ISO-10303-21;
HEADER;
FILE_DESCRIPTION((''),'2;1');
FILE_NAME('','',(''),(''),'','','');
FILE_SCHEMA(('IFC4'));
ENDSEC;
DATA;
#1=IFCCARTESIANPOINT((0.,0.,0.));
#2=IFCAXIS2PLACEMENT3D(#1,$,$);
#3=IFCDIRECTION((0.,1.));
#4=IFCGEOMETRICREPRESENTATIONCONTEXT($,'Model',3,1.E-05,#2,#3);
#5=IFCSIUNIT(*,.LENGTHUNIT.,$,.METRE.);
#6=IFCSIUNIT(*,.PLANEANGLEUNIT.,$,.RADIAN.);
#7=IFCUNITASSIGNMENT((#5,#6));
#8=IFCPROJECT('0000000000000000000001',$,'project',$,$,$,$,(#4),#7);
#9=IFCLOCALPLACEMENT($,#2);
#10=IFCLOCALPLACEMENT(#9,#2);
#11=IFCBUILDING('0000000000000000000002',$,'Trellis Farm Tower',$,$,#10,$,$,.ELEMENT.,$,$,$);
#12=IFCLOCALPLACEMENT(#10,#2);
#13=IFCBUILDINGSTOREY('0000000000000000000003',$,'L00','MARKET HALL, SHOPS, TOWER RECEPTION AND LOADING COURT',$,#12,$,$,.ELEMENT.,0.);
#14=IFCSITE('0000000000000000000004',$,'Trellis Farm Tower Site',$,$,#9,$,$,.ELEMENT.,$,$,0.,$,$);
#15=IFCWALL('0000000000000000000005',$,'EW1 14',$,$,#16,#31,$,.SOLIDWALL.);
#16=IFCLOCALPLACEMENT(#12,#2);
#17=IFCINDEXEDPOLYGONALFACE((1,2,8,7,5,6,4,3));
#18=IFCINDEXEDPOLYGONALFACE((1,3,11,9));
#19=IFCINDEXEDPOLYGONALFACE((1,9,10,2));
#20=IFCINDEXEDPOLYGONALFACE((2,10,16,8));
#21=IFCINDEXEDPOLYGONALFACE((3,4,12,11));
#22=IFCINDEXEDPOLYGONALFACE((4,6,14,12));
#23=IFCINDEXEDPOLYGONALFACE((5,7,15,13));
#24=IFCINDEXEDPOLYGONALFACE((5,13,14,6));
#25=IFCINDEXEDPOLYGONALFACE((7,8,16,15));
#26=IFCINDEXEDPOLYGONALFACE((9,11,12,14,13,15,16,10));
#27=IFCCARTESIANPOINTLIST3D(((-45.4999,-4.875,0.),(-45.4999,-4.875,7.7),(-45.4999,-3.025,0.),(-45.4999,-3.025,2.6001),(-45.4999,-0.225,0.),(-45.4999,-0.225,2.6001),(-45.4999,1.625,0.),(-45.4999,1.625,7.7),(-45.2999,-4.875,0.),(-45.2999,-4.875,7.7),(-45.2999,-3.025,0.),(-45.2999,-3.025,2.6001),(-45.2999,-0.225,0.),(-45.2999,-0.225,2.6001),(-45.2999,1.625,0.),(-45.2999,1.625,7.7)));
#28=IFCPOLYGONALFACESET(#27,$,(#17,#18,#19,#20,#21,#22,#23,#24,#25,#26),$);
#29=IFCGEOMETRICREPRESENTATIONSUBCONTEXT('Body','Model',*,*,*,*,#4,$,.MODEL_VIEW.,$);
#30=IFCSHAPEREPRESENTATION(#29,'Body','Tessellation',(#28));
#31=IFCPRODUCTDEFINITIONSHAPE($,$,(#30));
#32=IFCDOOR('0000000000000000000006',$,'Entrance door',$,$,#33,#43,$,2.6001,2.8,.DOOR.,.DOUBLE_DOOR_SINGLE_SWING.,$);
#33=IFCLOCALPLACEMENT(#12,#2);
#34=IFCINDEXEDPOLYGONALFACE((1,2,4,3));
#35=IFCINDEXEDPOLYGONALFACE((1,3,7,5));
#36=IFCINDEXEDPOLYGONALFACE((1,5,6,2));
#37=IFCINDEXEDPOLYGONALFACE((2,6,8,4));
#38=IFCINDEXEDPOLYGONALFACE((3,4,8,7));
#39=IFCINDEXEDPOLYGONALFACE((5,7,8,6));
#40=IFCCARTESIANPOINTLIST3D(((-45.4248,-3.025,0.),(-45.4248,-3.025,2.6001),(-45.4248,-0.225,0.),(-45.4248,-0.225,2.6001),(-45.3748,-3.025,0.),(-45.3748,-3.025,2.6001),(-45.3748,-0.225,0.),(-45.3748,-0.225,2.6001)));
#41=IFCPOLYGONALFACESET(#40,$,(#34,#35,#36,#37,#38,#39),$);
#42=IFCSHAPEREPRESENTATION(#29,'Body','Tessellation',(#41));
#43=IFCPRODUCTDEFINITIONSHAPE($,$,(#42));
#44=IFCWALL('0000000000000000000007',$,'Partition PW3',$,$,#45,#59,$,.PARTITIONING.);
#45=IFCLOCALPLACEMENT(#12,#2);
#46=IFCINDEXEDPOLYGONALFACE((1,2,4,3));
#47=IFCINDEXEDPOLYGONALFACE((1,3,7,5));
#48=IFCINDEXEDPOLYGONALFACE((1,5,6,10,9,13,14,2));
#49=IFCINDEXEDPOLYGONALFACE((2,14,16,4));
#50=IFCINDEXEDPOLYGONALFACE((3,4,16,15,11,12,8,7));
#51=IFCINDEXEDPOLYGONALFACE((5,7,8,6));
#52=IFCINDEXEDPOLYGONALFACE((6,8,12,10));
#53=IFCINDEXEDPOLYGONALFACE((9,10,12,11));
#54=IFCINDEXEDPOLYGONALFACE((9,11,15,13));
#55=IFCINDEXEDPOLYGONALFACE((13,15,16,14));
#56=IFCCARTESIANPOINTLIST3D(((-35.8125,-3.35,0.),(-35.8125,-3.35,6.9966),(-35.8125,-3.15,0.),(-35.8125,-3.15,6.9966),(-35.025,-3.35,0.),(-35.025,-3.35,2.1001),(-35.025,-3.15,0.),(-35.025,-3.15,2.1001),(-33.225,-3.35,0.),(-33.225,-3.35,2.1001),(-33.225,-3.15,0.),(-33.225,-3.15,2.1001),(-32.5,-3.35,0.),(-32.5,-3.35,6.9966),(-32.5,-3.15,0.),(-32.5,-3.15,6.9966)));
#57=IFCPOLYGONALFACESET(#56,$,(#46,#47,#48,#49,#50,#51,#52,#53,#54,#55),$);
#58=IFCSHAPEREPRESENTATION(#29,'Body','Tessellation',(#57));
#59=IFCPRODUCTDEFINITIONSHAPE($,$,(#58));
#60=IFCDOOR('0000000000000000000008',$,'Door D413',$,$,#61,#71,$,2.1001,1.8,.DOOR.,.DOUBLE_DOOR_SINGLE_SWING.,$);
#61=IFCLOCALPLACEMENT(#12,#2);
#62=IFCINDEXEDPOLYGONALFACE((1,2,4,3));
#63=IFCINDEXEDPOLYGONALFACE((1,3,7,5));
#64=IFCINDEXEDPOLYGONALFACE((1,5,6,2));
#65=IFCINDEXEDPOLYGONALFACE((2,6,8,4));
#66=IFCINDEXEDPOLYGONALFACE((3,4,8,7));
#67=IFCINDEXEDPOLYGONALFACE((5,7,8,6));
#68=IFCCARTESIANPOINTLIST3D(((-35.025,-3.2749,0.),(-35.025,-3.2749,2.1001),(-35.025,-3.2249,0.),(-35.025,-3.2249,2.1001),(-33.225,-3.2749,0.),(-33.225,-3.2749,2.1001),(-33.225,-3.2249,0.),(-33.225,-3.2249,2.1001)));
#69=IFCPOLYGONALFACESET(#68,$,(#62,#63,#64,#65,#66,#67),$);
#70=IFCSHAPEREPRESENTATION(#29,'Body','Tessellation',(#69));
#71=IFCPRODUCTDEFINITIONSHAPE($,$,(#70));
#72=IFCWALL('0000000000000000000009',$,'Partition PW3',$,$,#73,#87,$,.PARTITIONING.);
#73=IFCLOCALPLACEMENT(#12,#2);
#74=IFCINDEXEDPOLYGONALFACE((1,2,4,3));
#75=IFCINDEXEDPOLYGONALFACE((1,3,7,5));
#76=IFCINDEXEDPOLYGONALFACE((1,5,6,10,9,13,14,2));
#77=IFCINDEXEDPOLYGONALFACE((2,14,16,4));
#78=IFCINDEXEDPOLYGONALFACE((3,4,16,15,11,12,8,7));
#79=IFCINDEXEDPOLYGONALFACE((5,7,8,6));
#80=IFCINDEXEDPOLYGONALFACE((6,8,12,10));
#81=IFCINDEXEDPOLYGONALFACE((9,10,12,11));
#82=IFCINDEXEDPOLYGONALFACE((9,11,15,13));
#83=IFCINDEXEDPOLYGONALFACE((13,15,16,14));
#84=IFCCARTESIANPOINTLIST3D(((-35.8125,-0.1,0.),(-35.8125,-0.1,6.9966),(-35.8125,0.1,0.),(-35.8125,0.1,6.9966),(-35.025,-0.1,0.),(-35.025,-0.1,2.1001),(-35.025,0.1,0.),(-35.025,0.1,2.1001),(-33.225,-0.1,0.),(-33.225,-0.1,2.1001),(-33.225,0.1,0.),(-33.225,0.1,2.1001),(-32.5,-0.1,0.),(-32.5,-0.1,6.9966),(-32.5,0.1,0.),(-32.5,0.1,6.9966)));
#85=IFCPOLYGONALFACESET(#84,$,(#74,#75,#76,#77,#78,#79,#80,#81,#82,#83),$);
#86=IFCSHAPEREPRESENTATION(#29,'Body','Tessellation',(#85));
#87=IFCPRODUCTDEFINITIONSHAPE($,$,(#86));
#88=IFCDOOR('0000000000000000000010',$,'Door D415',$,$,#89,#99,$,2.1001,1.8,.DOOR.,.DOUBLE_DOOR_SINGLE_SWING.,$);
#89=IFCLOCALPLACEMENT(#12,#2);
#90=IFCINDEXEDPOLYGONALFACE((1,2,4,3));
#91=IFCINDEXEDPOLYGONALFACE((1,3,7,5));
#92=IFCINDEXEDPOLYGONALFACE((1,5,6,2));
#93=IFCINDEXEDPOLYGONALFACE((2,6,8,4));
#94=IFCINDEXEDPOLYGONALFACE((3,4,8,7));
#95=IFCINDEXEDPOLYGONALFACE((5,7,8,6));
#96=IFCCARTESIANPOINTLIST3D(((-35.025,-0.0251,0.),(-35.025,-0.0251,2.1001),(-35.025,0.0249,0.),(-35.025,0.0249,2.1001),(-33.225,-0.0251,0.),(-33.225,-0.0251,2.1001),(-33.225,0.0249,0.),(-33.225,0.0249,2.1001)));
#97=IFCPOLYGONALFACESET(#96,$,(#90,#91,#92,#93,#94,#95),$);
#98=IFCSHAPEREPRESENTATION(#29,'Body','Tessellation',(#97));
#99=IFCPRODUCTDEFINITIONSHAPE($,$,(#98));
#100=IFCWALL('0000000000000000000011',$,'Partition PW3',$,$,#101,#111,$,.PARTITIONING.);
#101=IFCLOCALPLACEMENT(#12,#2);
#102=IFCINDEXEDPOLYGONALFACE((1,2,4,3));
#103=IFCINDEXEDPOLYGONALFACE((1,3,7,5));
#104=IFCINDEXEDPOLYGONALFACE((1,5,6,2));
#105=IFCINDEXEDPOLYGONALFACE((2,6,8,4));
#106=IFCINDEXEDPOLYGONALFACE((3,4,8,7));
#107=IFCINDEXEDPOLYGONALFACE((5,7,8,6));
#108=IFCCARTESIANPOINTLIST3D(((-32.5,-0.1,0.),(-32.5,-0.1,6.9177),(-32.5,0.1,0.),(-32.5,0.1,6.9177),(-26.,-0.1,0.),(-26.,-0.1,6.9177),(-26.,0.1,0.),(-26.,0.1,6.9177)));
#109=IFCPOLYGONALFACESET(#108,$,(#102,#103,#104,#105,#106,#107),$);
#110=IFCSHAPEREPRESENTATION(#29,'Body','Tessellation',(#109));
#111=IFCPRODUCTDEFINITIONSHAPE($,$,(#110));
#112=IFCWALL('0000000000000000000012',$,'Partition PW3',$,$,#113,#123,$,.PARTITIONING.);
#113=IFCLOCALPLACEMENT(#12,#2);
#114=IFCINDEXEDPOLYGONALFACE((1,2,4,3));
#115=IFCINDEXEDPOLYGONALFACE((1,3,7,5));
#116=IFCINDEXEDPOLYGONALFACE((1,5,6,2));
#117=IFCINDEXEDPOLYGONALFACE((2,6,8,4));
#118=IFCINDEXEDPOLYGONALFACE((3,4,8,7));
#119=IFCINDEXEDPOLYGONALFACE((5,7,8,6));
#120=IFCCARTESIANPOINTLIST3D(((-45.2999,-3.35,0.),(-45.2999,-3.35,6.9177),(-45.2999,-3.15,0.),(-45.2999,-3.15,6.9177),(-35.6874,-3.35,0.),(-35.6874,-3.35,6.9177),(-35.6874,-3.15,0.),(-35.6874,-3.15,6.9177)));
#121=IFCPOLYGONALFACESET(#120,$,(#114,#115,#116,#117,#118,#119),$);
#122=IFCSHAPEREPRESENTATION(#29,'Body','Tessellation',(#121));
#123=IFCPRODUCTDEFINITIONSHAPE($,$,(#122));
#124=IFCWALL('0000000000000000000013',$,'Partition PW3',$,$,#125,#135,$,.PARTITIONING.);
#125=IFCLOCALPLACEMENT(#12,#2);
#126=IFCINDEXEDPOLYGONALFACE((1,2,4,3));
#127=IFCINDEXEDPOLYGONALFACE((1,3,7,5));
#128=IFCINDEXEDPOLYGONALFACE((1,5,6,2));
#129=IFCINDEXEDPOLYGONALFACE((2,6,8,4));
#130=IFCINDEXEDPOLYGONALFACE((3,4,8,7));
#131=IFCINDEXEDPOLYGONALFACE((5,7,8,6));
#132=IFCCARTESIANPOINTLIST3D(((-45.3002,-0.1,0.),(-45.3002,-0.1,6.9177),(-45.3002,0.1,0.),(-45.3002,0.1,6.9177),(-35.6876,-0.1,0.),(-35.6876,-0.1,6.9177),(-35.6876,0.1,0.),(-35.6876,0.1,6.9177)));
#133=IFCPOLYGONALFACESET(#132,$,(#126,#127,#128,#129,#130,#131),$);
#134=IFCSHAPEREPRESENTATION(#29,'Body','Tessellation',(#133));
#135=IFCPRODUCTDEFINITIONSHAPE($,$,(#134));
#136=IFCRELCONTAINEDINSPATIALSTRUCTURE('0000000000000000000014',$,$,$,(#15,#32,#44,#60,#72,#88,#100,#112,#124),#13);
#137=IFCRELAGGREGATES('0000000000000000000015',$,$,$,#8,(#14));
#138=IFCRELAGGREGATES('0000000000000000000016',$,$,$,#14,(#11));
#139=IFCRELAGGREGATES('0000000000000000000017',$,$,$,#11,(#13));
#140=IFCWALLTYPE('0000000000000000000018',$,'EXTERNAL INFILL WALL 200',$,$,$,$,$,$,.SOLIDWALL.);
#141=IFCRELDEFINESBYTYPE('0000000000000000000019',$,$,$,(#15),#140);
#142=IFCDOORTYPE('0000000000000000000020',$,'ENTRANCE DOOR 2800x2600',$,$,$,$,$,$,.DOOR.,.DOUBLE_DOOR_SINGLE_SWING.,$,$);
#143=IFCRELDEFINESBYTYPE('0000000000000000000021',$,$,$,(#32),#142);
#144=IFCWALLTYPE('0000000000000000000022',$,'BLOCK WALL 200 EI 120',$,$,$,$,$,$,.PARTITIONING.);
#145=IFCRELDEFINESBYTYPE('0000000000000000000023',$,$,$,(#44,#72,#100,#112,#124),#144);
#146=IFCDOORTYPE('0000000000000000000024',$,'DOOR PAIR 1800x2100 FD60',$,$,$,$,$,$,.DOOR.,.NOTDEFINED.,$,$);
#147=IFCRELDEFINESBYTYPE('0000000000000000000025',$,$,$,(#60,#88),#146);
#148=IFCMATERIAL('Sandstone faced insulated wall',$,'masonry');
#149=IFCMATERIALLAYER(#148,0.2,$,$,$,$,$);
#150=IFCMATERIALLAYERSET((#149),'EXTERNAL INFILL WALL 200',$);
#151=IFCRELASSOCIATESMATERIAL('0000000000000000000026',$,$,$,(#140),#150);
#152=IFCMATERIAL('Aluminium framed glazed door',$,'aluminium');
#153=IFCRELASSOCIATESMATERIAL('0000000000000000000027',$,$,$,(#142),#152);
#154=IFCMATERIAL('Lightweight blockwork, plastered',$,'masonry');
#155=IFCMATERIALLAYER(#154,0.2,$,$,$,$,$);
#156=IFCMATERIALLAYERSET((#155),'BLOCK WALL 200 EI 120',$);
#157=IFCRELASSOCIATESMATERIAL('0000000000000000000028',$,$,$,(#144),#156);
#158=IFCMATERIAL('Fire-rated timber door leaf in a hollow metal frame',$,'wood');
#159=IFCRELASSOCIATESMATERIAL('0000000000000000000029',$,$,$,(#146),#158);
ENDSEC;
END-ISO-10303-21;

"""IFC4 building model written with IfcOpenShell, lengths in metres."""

from ifc_helpers import new_model, si_unit, direction, frame, frame_2d, origin, place, context, subcontext, project, spatial, rectangle, extrude, source, transform, mapped, material, layer, layer_set, type_object, element, fill, save


model = new_model("IFC4")

# Units and contexts
model_context = context("Model", 3, precision=1e-05, world=origin(), true_north=direction((0.0, 1.0)))
body_context = subcontext(model_context, "Body", "Model", "MODEL_VIEW")
ifc_project = project(units=[si_unit("LENGTHUNIT", "METRE"), si_unit("PLANEANGLEUNIT", "RADIAN")], contexts=[model_context])

# Site, building, storey
site_placement = place(None, origin())
site = spatial("IfcSite", under=ifc_project, at=site_placement, Name="Trellis Farm Tower Site", CompositionType="ELEMENT", RefElevation=0.0)
building_placement = place(site_placement, origin())
building = spatial("IfcBuilding", under=site, at=building_placement, Name="Trellis Farm Tower", CompositionType="ELEMENT")
storey_placement = place(building_placement, origin())
storey = spatial("IfcBuildingStorey", under=building, at=storey_placement, Name="L00", Description="MARKET HALL, SHOPS, TOWER RECEPTION AND LOADING COURT", CompositionType="ELEMENT", Elevation=0.0)

# Walls, openings, doors
ifc_material_1 = material(Name="Sandstone faced insulated wall", Category="masonry")
ifc_layer_1 = layer(ifc_material_1, 0.2)
ifc_layer_set_1 = layer_set([ifc_layer_1], Name="EXTERNAL INFILL WALL 200")
wall_type_1 = type_object("IfcWallType", Name="EXTERNAL INFILL WALL 200", PredefinedType="SOLIDWALL", material=ifc_layer_set_1)
shared_shape_1 = source(origin(), body_context, "Body", "SweptSolid", [
    extrude(rectangle(XDim=6.5, YDim=0.2, at=frame_2d((3.25, 0.0))), origin(), (0.0, 0.0, 1.0), 7.7),
])
wall_1_placement = place(storey_placement, frame((-45.3999, -4.875, 0.0), z_axis=(0.0, 0.0, 1.0), x_axis=(0.0, 1.0, 0.0)))
wall_1 = element("IfcWall", 1, at=wall_1_placement, inside=storey, type_object=wall_type_1, Name="EW1 14", PredefinedType="SOLIDWALL", context=body_context, shape_type="MappedRepresentation", body=[
    mapped(shared_shape_1, transform((0.0, 0.0, 0.0))),
])
shared_shape_2 = source(origin(), body_context, "Body", "SweptSolid", [
    extrude(rectangle(XDim=2.8, YDim=2.6001, at=frame_2d((1.3999, 1.3))), frame((0.0, 0.1101, 0.0), z_axis=(0.0, -1.0, 0.0), x_axis=(1.0, 0.0, 0.0)), (0.0, 0.0, 1.0), 0.2202),
])
opening_1_placement = place(wall_1_placement, frame((1.8501, 0.0, 0.0)))
opening_1 = element("IfcOpeningElement", 2, at=opening_1_placement, cuts=wall_1, PredefinedType="OPENING", context=body_context, shape_type="MappedRepresentation", body=[
    mapped(shared_shape_2, transform((0.0, 0.0, 0.0))),
])
ifc_material_2 = material(Name="Aluminium framed glazed door", Category="aluminium")
door_type_1 = type_object("IfcDoorType", Name="ENTRANCE DOOR 2800x2600", OperationType="DOUBLE_DOOR_SINGLE_SWING", PredefinedType="DOOR", material=ifc_material_2)
shared_shape_3 = source(origin(), body_context, "Body", "SweptSolid", [
    extrude(rectangle(XDim=2.8, YDim=2.6001, at=frame_2d((1.3999, 1.3))), frame((0.0, 0.0249, 0.0), z_axis=(0.0, -1.0, 0.0), x_axis=(1.0, 0.0, 0.0)), (0.0, 0.0, 1.0), 0.05),
])
door_1_placement = place(opening_1_placement, origin())
door_1 = element("IfcDoor", 3, at=door_1_placement, inside=storey, type_object=door_type_1, Name="Entrance door", OperationType="DOUBLE_DOOR_SINGLE_SWING", OverallHeight=2.6001, OverallWidth=2.8, PredefinedType="DOOR", context=body_context, shape_type="MappedRepresentation", body=[
    mapped(shared_shape_3, transform((0.0, 0.0, 0.0))),
])
fill(opening_1, door_1)
ifc_material_3 = material(Name="Lightweight blockwork, plastered", Category="masonry")
ifc_layer_2 = layer(ifc_material_3, 0.2)
ifc_layer_set_2 = layer_set([ifc_layer_2], Name="BLOCK WALL 200 EI 120")
wall_type_2 = type_object("IfcWallType", Name="BLOCK WALL 200 EI 120", PredefinedType="PARTITIONING", material=ifc_layer_set_2)
shared_shape_4 = source(origin(), body_context, "Body", "SweptSolid", [
    extrude(rectangle(XDim=3.3125, YDim=0.2, at=frame_2d((1.6562, 0.0))), origin(), (0.0, 0.0, 1.0), 6.9966),
])
wall_2_placement = place(storey_placement, frame((-32.5, -3.25, 0.0), z_axis=(0.0, 0.0, 1.0), x_axis=(-1.0, 0.0, 0.0)))
wall_2 = element("IfcWall", 4, at=wall_2_placement, inside=storey, type_object=wall_type_2, Name="Partition PW3", PredefinedType="PARTITIONING", context=body_context, shape_type="MappedRepresentation", body=[
    mapped(shared_shape_4, transform((0.0, 0.0, 0.0))),
])
shared_shape_5 = source(origin(), body_context, "Body", "SweptSolid", [
    extrude(rectangle(XDim=1.8, YDim=2.1001, at=frame_2d((0.8999, 1.05))), frame((0.0, 0.1101, 0.0), z_axis=(0.0, -1.0, 0.0), x_axis=(1.0, 0.0, 0.0)), (0.0, 0.0, 1.0), 0.2202),
])
opening_2_placement = place(wall_2_placement, frame((0.7251, 0.0, 0.0)))
opening_2 = element("IfcOpeningElement", 5, at=opening_2_placement, cuts=wall_2, PredefinedType="OPENING", context=body_context, shape_type="MappedRepresentation", body=[
    mapped(shared_shape_5, transform((0.0, 0.0, 0.0))),
])
ifc_material_4 = material(Name="Fire-rated timber door leaf in a hollow metal frame", Category="wood")
door_type_2 = type_object("IfcDoorType", Name="DOOR PAIR 1800x2100 FD60", OperationType="NOTDEFINED", PredefinedType="DOOR", material=ifc_material_4)
shared_shape_6 = source(origin(), body_context, "Body", "SweptSolid", [
    extrude(rectangle(XDim=1.8, YDim=2.1001, at=frame_2d((0.8999, 1.05))), frame((0.0, 0.0249, 0.0), z_axis=(0.0, -1.0, 0.0), x_axis=(1.0, 0.0, 0.0)), (0.0, 0.0, 1.0), 0.05),
])
door_2_placement = place(opening_2_placement, origin())
door_2 = element("IfcDoor", 6, at=door_2_placement, inside=storey, type_object=door_type_2, Name="Door D413", OperationType="DOUBLE_DOOR_SINGLE_SWING", OverallHeight=2.1001, OverallWidth=1.8, PredefinedType="DOOR", context=body_context, shape_type="MappedRepresentation", body=[
    mapped(shared_shape_6, transform((0.0, 0.0, 0.0))),
])
fill(opening_2, door_2)
wall_3_placement = place(storey_placement, frame((-35.8125, 0.0, 0.0), z_axis=(0.0, 0.0, 1.0), x_axis=(1.0, 0.0, 0.0)))
wall_3 = element("IfcWall", 7, at=wall_3_placement, inside=storey, type_object=wall_type_2, Name="Partition PW3", PredefinedType="PARTITIONING", context=body_context, shape_type="MappedRepresentation", body=[
    mapped(shared_shape_4, transform((0.0, 0.0, 0.0))),
])
opening_3_placement = place(wall_3_placement, frame((0.7876, 0.0, 0.0)))
opening_3 = element("IfcOpeningElement", 8, at=opening_3_placement, cuts=wall_3, PredefinedType="OPENING", context=body_context, shape_type="MappedRepresentation", body=[
    mapped(shared_shape_5, transform((0.0, 0.0, 0.0))),
])
door_3_placement = place(opening_3_placement, origin())
door_3 = element("IfcDoor", 9, at=door_3_placement, inside=storey, type_object=door_type_2, Name="Door D415", OperationType="DOUBLE_DOOR_SINGLE_SWING", OverallHeight=2.1001, OverallWidth=1.8, PredefinedType="DOOR", context=body_context, shape_type="MappedRepresentation", body=[
    mapped(shared_shape_6, transform((0.0, 0.0, 0.0))),
])
fill(opening_3, door_3)

# Walls
shared_shape_7 = source(origin(), body_context, "Body", "SweptSolid", [
    extrude(rectangle(XDim=6.5, YDim=0.2, at=frame_2d((3.25, 0.0))), origin(), (0.0, 0.0, 1.0), 6.9177),
])
wall_4_placement = place(storey_placement, frame((-32.5, 0.0, 0.0), z_axis=(0.0, 0.0, 1.0), x_axis=(1.0, 0.0, 0.0)))
element("IfcWall", 10, at=wall_4_placement, inside=storey, type_object=wall_type_2, Name="Partition PW3", PredefinedType="PARTITIONING", context=body_context, shape_type="MappedRepresentation", body=[
    mapped(shared_shape_7, transform((0.0, 0.0, 0.0))),
])
shared_shape_8 = source(origin(), body_context, "Body", "SweptSolid", [
    extrude(rectangle(XDim=9.6125, YDim=0.2, at=frame_2d((4.8062, 0.0))), origin(), (0.0, 0.0, 1.0), 6.9177),
])
for number, where, z_axis, x_axis, name in (
    (11, (-35.6875, -3.25, 0.0), (0.0, 0.0, 1.0), (-1.0, 0.0, 0.0), "Partition PW3"),
    (12, (-45.3, 0.0, 0.0), (0.0, 0.0, 1.0), (1.0, 0.0, 0.0), "Partition PW3"),
):
    element("IfcWall", number, at=place(storey_placement, frame(where, z_axis=z_axis, x_axis=x_axis)), inside=storey, type_object=wall_type_2, Name=name, PredefinedType="PARTITIONING", context=body_context, shape_type="MappedRepresentation", body=[
        mapped(shared_shape_8, transform((0.0, 0.0, 0.0))),
    ])

save(model, "model.ifc")
